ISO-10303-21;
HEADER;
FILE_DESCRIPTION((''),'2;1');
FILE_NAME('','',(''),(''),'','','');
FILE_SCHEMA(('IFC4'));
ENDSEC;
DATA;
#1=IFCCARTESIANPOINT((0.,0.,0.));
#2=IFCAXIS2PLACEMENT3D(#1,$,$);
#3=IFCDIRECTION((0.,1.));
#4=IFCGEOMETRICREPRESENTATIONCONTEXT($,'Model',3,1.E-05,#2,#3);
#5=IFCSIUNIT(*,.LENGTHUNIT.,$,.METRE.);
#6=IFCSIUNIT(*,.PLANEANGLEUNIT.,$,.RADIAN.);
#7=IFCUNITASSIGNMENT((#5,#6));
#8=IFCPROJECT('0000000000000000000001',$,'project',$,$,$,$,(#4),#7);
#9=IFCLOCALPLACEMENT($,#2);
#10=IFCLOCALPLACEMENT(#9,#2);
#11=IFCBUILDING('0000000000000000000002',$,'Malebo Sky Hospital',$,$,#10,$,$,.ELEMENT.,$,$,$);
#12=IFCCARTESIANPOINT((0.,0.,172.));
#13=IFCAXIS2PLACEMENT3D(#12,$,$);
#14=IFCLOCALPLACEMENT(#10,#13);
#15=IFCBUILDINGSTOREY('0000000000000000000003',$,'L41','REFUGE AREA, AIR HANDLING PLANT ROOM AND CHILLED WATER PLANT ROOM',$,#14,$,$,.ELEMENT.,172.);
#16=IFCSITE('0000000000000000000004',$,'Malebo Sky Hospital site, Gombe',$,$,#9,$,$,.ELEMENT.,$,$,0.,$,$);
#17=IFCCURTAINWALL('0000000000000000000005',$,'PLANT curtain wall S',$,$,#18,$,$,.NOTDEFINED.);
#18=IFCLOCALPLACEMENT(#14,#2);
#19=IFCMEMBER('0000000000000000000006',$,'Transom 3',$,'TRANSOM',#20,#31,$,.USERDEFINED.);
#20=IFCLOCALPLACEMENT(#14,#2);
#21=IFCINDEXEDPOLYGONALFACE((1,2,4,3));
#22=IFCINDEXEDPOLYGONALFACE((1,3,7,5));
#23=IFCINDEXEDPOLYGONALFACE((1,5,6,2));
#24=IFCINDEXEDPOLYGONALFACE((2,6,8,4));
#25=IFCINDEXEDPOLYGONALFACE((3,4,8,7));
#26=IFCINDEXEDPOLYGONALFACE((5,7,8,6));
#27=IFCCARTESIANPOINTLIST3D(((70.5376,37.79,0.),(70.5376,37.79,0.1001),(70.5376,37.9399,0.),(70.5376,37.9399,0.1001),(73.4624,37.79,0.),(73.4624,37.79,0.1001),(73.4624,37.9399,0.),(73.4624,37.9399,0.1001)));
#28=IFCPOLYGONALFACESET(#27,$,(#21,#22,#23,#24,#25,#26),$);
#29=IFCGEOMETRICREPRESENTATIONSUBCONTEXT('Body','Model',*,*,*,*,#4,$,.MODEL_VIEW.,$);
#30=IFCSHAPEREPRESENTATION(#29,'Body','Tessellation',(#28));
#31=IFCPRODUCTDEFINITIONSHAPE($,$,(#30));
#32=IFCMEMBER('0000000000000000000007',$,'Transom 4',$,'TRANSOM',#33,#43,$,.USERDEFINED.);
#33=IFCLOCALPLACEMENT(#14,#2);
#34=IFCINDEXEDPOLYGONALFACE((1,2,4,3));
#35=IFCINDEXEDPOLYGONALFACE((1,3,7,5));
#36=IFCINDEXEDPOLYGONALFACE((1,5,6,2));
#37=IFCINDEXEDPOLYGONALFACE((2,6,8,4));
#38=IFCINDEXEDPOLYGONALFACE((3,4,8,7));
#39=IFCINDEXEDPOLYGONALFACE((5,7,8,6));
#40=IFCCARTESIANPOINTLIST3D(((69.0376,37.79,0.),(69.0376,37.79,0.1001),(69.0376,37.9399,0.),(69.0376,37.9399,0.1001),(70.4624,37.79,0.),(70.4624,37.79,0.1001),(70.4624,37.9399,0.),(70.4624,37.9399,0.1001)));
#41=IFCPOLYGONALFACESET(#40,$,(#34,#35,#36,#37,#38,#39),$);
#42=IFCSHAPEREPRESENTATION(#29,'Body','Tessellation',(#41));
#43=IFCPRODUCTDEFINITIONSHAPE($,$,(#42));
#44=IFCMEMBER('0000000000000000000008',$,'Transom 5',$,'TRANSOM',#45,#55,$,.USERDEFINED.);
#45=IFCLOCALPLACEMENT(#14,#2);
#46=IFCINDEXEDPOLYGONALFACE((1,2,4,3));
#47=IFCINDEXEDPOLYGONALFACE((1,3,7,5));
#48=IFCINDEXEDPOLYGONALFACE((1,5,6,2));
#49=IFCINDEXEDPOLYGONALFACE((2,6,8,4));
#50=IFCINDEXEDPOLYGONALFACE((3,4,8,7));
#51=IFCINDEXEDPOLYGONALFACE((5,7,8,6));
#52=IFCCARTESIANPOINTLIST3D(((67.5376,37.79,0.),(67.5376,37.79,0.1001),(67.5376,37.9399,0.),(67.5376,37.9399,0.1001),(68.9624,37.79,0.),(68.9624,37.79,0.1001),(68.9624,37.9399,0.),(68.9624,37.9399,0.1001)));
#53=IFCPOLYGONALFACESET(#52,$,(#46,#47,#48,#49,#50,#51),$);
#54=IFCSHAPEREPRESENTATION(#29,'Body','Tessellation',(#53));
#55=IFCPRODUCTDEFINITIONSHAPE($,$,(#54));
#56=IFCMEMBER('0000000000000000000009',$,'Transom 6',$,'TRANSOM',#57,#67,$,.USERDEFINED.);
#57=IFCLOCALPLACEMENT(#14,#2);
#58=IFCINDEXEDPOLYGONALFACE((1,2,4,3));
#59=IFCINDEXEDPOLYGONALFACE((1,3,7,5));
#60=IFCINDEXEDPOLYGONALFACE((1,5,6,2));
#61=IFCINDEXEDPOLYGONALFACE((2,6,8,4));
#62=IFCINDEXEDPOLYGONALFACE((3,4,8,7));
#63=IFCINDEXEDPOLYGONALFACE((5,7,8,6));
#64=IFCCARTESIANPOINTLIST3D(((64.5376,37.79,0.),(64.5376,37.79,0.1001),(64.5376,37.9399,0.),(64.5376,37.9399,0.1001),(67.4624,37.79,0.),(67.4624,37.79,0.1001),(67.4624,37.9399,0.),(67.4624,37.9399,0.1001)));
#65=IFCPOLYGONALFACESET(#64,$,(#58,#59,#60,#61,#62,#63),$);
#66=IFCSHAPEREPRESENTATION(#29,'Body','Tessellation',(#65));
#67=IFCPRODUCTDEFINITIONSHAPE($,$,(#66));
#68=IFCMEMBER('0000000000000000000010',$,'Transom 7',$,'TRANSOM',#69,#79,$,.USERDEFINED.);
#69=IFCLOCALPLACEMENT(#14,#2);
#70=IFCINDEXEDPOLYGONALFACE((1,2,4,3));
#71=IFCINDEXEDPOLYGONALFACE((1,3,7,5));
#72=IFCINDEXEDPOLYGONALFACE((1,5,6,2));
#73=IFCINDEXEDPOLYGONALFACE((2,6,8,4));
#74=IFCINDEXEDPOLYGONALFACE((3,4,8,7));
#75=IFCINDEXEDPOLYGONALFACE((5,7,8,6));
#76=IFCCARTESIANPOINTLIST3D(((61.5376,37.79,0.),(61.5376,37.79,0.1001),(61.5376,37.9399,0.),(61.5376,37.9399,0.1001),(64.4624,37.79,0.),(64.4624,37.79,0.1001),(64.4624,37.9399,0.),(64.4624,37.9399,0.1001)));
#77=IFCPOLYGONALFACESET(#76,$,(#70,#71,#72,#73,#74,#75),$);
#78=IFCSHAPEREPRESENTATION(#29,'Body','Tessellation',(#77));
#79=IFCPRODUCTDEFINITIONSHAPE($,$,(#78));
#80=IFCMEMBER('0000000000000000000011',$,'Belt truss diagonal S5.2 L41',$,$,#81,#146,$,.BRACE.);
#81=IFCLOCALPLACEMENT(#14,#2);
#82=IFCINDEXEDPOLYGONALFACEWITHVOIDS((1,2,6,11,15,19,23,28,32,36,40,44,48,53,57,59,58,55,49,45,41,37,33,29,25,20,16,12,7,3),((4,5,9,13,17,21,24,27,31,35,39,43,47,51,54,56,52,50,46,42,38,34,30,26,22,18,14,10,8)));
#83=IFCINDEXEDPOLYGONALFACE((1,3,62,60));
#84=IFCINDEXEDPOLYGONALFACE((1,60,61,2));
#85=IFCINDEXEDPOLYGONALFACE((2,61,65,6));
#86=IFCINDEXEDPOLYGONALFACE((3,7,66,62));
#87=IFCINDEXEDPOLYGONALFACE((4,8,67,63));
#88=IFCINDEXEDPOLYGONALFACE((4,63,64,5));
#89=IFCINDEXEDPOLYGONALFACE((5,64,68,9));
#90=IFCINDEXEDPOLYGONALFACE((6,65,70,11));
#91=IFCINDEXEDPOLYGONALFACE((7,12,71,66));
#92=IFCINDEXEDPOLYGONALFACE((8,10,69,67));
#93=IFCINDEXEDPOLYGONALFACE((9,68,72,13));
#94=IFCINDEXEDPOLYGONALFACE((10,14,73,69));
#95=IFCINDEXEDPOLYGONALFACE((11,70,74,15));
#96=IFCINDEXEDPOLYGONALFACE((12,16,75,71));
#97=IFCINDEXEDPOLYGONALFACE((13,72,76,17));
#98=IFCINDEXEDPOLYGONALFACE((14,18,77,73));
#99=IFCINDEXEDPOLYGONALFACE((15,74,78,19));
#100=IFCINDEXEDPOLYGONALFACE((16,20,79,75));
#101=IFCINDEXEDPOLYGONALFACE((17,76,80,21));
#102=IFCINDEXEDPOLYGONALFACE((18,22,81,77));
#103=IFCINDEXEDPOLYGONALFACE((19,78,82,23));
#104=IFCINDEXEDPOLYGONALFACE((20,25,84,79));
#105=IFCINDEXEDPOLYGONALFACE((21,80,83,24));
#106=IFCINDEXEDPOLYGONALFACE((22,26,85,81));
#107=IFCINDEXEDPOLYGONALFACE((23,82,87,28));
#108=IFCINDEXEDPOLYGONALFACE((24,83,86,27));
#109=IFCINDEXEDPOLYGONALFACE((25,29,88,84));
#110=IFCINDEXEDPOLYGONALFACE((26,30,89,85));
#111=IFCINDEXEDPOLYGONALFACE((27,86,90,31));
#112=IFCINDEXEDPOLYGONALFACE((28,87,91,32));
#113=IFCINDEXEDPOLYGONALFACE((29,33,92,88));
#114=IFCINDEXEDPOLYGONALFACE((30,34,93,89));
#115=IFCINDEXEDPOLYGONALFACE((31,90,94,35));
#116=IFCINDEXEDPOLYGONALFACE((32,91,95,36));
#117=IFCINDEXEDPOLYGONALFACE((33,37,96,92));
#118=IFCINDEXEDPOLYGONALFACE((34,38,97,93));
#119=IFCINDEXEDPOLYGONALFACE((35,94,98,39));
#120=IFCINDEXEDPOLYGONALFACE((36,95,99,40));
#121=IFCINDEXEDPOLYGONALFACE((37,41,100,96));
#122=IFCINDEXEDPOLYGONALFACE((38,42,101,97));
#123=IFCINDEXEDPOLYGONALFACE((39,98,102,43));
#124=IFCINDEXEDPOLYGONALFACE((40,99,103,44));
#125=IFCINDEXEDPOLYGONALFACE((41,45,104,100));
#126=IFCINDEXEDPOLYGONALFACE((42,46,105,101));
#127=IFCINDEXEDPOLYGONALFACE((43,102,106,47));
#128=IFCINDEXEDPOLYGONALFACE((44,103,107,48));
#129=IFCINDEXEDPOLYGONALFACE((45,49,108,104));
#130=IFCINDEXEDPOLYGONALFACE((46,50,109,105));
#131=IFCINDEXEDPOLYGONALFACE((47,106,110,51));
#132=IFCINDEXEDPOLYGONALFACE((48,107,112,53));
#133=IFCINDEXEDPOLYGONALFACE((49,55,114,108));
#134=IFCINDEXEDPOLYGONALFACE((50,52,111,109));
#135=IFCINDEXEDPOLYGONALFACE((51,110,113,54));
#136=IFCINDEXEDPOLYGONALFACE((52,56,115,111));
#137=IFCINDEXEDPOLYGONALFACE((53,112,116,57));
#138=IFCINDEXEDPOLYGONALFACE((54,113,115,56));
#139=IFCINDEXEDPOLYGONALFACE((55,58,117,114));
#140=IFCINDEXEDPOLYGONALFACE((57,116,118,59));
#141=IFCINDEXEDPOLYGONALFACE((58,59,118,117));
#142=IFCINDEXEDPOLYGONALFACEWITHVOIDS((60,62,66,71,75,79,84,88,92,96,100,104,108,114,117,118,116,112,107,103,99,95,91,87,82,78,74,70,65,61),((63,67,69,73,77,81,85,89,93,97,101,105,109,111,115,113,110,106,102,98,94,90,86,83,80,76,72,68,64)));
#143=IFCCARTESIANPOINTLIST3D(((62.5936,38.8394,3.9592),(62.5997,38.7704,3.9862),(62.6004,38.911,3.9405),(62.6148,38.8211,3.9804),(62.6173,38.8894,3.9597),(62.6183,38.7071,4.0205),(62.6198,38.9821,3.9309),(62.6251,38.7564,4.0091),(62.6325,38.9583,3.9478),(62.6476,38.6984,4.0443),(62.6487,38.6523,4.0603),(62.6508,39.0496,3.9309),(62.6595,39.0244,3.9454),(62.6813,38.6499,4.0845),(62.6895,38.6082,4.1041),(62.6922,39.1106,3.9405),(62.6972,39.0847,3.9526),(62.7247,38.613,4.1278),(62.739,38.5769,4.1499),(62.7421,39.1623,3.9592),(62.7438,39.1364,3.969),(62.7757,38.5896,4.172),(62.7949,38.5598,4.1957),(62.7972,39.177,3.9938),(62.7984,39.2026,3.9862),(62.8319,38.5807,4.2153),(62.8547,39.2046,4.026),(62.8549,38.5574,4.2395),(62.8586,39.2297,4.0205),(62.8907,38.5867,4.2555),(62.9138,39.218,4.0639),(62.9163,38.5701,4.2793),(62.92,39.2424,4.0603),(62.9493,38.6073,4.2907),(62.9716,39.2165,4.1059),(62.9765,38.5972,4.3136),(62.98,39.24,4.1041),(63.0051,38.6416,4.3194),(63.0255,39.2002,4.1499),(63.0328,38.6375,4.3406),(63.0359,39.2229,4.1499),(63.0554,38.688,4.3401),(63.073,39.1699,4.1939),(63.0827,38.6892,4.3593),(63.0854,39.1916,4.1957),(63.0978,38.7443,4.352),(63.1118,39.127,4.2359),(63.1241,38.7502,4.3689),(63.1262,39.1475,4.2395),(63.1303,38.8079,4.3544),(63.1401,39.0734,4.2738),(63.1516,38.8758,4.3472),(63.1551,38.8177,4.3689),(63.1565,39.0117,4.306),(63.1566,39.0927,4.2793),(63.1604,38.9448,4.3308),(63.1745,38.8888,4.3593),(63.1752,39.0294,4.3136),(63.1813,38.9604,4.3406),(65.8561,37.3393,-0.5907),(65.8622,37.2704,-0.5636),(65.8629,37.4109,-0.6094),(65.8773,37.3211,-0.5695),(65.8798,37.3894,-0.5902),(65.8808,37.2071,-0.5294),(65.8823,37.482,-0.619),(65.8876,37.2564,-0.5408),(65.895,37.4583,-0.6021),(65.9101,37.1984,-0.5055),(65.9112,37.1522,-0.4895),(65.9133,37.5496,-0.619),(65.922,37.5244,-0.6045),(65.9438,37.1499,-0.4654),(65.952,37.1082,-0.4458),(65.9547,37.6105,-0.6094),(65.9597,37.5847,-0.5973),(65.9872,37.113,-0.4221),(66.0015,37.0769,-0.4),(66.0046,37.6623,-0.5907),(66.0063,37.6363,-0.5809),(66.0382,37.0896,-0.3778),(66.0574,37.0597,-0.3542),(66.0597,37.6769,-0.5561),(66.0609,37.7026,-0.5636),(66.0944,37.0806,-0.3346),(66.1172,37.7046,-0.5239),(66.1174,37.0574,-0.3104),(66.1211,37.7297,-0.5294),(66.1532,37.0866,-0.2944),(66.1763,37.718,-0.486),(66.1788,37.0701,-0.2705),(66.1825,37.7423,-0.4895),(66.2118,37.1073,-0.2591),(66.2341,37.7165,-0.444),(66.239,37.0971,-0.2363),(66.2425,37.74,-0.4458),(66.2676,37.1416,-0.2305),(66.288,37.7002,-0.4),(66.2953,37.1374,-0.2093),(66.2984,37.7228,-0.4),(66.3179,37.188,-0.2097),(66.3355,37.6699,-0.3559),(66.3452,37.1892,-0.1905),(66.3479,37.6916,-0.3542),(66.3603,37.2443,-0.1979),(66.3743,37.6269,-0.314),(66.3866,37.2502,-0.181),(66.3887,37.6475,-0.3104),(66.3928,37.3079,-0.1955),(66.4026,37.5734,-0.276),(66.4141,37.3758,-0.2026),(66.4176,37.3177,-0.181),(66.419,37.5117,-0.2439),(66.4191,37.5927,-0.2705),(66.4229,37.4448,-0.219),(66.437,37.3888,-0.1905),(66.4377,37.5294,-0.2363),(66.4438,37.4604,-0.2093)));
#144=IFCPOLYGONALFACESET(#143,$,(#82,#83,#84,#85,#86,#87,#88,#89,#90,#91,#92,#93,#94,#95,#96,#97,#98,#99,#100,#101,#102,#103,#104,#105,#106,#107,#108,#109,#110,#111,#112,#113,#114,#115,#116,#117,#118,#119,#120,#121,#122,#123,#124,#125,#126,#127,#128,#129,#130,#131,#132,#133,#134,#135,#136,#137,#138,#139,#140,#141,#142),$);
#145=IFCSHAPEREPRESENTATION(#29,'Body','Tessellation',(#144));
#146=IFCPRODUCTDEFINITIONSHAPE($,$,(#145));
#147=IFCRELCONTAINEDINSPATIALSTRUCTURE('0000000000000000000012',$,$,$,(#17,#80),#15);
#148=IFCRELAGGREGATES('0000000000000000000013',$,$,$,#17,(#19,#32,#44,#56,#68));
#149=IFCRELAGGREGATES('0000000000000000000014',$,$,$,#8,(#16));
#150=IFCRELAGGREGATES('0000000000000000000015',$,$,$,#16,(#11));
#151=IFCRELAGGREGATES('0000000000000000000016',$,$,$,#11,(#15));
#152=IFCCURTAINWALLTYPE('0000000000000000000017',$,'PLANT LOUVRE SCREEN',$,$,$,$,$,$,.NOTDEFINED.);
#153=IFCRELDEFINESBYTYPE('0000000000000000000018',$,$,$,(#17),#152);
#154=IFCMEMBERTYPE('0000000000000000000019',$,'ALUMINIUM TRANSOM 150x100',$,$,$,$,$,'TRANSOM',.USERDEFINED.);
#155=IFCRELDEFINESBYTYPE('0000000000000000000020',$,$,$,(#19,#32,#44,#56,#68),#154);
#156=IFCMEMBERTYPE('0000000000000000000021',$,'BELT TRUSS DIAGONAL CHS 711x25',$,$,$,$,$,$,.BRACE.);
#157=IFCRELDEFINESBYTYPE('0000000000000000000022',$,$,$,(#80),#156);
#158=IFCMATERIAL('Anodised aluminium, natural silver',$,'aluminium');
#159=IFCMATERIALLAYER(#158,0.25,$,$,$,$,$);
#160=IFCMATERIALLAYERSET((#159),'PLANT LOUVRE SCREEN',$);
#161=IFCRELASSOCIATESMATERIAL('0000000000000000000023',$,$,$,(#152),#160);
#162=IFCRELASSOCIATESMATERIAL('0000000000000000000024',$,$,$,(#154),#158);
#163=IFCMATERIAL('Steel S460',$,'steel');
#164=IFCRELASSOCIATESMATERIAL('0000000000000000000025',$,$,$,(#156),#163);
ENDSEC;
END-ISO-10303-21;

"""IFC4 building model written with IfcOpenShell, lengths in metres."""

from ifc_helpers import new_model, si_unit, direction, frame, origin, origin_2d, place, context, subcontext, project, spatial, rectangle, hollow_circle, extrude, material, layer, layer_set, material_profile, profile_set, type_object, element, aggregate, save


model = new_model("IFC4")

# Units and contexts
model_context = context("Model", 3, precision=1e-05, world=origin(), true_north=direction((0.0, 1.0)))
body_context = subcontext(model_context, "Body", "Model", "MODEL_VIEW")
ifc_project = project(units=[si_unit("LENGTHUNIT", "METRE"), si_unit("PLANEANGLEUNIT", "RADIAN")], contexts=[model_context])

# Site, building, storey
site_placement = place(None, origin())
site = spatial("IfcSite", under=ifc_project, at=site_placement, Name="Malebo Sky Hospital site, Gombe", CompositionType="ELEMENT", RefElevation=0.0)
building_placement = place(site_placement, origin())
building = spatial("IfcBuilding", under=site, at=building_placement, Name="Malebo Sky Hospital", CompositionType="ELEMENT")
storey_placement = place(building_placement, frame((0.0, 0.0, 172.0)))
storey = spatial("IfcBuildingStorey", under=building, at=storey_placement, Name="L41", Description="REFUGE AREA, AIR HANDLING PLANT ROOM AND CHILLED WATER PLANT ROOM", CompositionType="ELEMENT", Elevation=172.0)

# Curtain wall, members
ifc_material_1 = material(Name="Anodised aluminium, natural silver", Category="aluminium")
ifc_layer_1 = layer(ifc_material_1, 0.25)
ifc_layer_set_1 = layer_set([ifc_layer_1], Name="PLANT LOUVRE SCREEN")
curtain_wall_type = type_object("IfcCurtainWallType", Name="PLANT LOUVRE SCREEN", PredefinedType="NOTDEFINED", material=ifc_layer_set_1)
curtain_wall_placement = place(storey_placement, origin())
curtain_wall = element("IfcCurtainWall", 1, at=curtain_wall_placement, inside=storey, type_object=curtain_wall_type, Name="PLANT curtain wall S", PredefinedType="NOTDEFINED")
ifc_material_profile_1 = material_profile(ifc_material_1, rectangle(XDim=0.1499, YDim=0.1001, at=origin_2d()), Name="ALUMINIUM TRANSOM 150x100")
ifc_profile_set_1 = profile_set([ifc_material_profile_1], Name="Anodised aluminium, natural silver")
member_type_1 = type_object("IfcMemberType", Name="ALUMINIUM TRANSOM 150x100", ElementType="TRANSOM", PredefinedType="USERDEFINED", material=ifc_profile_set_1)
member_1_placement = place(storey_placement, frame((73.4624, 37.865, 0.05), z_axis=(-1.0, 0.0, 0.0), x_axis=(0.0, -1.0, 0.0)))
member_1 = element("IfcMember", 2, at=member_1_placement, type_object=member_type_1, Name="Transom 3", ObjectType="TRANSOM", PredefinedType="USERDEFINED", context=body_context, shape_type="SweptSolid", body=[
    extrude(rectangle(XDim=0.1499, YDim=0.1001, at=origin_2d()), origin(), (0.0, 0.0, 1.0), 2.9248),
])
member_2_placement = place(storey_placement, frame((70.4624, 37.865, 0.05), z_axis=(-1.0, 0.0, 0.0), x_axis=(0.0, -1.0, 0.0)))
member_2 = element("IfcMember", 3, at=member_2_placement, type_object=member_type_1, Name="Transom 4", ObjectType="TRANSOM", PredefinedType="USERDEFINED", context=body_context, shape_type="SweptSolid", body=[
    extrude(rectangle(XDim=0.1499, YDim=0.1001, at=origin_2d()), origin(), (0.0, 0.0, 1.0), 1.4248),
])
member_3_placement = place(storey_placement, frame((68.9624, 37.865, 0.05), z_axis=(-1.0, 0.0, 0.0), x_axis=(0.0, -1.0, 0.0)))
member_3 = element("IfcMember", 4, at=member_3_placement, type_object=member_type_1, Name="Transom 5", ObjectType="TRANSOM", PredefinedType="USERDEFINED", context=body_context, shape_type="SweptSolid", body=[
    extrude(rectangle(XDim=0.1499, YDim=0.1001, at=origin_2d()), origin(), (0.0, 0.0, 1.0), 1.4248),
])
member_4_placement = place(storey_placement, frame((67.4624, 37.865, 0.05), z_axis=(-1.0, 0.0, 0.0), x_axis=(0.0, -1.0, 0.0)))
member_4 = element("IfcMember", 5, at=member_4_placement, type_object=member_type_1, Name="Transom 6", ObjectType="TRANSOM", PredefinedType="USERDEFINED", context=body_context, shape_type="SweptSolid", body=[
    extrude(rectangle(XDim=0.1499, YDim=0.1001, at=origin_2d()), origin(), (0.0, 0.0, 1.0), 2.9248),
])
member_5_placement = place(storey_placement, frame((64.4624, 37.865, 0.05), z_axis=(-1.0, 0.0, 0.0), x_axis=(0.0, -1.0, 0.0)))
member_5 = element("IfcMember", 6, at=member_5_placement, type_object=member_type_1, Name="Transom 7", ObjectType="TRANSOM", PredefinedType="USERDEFINED", context=body_context, shape_type="SweptSolid", body=[
    extrude(rectangle(XDim=0.1499, YDim=0.1001, at=origin_2d()), origin(), (0.0, 0.0, 1.0), 2.9248),
])

# Member
ifc_material_2 = material(Name="Steel S460", Category="steel")
ifc_material_profile_2 = material_profile(ifc_material_2, hollow_circle(Radius=0.3555, WallThickness=0.0249, at=origin_2d()), Name="CHS 711x25")
ifc_profile_set_2 = profile_set([ifc_material_profile_2], Name="Steel S460")
member_type_2 = type_object("IfcMemberType", Name="BELT TRUSS DIAGONAL CHS 711x25", PredefinedType="BRACE", material=ifc_profile_set_2)
member_6_placement = place(storey_placement, frame((62.8875, 38.8999, 4.1499), z_axis=(0.562874, -0.258796, -0.784982), x_axis=(0.417738, 0.908567, 0.0)))
element("IfcMember", 7, at=member_6_placement, inside=storey, type_object=member_type_2, Name="Belt truss diagonal S5.2 L41", PredefinedType="BRACE", context=body_context, shape_type="SweptSolid", body=[
    extrude(hollow_circle(Radius=0.3555, WallThickness=0.0249, at=origin_2d()), origin(), (0.0, 0.0, 1.0), 5.7961),
])

aggregate(curtain_wall, [member_1, member_2, member_3, member_4, member_5])

save(model, "model.ifc")
